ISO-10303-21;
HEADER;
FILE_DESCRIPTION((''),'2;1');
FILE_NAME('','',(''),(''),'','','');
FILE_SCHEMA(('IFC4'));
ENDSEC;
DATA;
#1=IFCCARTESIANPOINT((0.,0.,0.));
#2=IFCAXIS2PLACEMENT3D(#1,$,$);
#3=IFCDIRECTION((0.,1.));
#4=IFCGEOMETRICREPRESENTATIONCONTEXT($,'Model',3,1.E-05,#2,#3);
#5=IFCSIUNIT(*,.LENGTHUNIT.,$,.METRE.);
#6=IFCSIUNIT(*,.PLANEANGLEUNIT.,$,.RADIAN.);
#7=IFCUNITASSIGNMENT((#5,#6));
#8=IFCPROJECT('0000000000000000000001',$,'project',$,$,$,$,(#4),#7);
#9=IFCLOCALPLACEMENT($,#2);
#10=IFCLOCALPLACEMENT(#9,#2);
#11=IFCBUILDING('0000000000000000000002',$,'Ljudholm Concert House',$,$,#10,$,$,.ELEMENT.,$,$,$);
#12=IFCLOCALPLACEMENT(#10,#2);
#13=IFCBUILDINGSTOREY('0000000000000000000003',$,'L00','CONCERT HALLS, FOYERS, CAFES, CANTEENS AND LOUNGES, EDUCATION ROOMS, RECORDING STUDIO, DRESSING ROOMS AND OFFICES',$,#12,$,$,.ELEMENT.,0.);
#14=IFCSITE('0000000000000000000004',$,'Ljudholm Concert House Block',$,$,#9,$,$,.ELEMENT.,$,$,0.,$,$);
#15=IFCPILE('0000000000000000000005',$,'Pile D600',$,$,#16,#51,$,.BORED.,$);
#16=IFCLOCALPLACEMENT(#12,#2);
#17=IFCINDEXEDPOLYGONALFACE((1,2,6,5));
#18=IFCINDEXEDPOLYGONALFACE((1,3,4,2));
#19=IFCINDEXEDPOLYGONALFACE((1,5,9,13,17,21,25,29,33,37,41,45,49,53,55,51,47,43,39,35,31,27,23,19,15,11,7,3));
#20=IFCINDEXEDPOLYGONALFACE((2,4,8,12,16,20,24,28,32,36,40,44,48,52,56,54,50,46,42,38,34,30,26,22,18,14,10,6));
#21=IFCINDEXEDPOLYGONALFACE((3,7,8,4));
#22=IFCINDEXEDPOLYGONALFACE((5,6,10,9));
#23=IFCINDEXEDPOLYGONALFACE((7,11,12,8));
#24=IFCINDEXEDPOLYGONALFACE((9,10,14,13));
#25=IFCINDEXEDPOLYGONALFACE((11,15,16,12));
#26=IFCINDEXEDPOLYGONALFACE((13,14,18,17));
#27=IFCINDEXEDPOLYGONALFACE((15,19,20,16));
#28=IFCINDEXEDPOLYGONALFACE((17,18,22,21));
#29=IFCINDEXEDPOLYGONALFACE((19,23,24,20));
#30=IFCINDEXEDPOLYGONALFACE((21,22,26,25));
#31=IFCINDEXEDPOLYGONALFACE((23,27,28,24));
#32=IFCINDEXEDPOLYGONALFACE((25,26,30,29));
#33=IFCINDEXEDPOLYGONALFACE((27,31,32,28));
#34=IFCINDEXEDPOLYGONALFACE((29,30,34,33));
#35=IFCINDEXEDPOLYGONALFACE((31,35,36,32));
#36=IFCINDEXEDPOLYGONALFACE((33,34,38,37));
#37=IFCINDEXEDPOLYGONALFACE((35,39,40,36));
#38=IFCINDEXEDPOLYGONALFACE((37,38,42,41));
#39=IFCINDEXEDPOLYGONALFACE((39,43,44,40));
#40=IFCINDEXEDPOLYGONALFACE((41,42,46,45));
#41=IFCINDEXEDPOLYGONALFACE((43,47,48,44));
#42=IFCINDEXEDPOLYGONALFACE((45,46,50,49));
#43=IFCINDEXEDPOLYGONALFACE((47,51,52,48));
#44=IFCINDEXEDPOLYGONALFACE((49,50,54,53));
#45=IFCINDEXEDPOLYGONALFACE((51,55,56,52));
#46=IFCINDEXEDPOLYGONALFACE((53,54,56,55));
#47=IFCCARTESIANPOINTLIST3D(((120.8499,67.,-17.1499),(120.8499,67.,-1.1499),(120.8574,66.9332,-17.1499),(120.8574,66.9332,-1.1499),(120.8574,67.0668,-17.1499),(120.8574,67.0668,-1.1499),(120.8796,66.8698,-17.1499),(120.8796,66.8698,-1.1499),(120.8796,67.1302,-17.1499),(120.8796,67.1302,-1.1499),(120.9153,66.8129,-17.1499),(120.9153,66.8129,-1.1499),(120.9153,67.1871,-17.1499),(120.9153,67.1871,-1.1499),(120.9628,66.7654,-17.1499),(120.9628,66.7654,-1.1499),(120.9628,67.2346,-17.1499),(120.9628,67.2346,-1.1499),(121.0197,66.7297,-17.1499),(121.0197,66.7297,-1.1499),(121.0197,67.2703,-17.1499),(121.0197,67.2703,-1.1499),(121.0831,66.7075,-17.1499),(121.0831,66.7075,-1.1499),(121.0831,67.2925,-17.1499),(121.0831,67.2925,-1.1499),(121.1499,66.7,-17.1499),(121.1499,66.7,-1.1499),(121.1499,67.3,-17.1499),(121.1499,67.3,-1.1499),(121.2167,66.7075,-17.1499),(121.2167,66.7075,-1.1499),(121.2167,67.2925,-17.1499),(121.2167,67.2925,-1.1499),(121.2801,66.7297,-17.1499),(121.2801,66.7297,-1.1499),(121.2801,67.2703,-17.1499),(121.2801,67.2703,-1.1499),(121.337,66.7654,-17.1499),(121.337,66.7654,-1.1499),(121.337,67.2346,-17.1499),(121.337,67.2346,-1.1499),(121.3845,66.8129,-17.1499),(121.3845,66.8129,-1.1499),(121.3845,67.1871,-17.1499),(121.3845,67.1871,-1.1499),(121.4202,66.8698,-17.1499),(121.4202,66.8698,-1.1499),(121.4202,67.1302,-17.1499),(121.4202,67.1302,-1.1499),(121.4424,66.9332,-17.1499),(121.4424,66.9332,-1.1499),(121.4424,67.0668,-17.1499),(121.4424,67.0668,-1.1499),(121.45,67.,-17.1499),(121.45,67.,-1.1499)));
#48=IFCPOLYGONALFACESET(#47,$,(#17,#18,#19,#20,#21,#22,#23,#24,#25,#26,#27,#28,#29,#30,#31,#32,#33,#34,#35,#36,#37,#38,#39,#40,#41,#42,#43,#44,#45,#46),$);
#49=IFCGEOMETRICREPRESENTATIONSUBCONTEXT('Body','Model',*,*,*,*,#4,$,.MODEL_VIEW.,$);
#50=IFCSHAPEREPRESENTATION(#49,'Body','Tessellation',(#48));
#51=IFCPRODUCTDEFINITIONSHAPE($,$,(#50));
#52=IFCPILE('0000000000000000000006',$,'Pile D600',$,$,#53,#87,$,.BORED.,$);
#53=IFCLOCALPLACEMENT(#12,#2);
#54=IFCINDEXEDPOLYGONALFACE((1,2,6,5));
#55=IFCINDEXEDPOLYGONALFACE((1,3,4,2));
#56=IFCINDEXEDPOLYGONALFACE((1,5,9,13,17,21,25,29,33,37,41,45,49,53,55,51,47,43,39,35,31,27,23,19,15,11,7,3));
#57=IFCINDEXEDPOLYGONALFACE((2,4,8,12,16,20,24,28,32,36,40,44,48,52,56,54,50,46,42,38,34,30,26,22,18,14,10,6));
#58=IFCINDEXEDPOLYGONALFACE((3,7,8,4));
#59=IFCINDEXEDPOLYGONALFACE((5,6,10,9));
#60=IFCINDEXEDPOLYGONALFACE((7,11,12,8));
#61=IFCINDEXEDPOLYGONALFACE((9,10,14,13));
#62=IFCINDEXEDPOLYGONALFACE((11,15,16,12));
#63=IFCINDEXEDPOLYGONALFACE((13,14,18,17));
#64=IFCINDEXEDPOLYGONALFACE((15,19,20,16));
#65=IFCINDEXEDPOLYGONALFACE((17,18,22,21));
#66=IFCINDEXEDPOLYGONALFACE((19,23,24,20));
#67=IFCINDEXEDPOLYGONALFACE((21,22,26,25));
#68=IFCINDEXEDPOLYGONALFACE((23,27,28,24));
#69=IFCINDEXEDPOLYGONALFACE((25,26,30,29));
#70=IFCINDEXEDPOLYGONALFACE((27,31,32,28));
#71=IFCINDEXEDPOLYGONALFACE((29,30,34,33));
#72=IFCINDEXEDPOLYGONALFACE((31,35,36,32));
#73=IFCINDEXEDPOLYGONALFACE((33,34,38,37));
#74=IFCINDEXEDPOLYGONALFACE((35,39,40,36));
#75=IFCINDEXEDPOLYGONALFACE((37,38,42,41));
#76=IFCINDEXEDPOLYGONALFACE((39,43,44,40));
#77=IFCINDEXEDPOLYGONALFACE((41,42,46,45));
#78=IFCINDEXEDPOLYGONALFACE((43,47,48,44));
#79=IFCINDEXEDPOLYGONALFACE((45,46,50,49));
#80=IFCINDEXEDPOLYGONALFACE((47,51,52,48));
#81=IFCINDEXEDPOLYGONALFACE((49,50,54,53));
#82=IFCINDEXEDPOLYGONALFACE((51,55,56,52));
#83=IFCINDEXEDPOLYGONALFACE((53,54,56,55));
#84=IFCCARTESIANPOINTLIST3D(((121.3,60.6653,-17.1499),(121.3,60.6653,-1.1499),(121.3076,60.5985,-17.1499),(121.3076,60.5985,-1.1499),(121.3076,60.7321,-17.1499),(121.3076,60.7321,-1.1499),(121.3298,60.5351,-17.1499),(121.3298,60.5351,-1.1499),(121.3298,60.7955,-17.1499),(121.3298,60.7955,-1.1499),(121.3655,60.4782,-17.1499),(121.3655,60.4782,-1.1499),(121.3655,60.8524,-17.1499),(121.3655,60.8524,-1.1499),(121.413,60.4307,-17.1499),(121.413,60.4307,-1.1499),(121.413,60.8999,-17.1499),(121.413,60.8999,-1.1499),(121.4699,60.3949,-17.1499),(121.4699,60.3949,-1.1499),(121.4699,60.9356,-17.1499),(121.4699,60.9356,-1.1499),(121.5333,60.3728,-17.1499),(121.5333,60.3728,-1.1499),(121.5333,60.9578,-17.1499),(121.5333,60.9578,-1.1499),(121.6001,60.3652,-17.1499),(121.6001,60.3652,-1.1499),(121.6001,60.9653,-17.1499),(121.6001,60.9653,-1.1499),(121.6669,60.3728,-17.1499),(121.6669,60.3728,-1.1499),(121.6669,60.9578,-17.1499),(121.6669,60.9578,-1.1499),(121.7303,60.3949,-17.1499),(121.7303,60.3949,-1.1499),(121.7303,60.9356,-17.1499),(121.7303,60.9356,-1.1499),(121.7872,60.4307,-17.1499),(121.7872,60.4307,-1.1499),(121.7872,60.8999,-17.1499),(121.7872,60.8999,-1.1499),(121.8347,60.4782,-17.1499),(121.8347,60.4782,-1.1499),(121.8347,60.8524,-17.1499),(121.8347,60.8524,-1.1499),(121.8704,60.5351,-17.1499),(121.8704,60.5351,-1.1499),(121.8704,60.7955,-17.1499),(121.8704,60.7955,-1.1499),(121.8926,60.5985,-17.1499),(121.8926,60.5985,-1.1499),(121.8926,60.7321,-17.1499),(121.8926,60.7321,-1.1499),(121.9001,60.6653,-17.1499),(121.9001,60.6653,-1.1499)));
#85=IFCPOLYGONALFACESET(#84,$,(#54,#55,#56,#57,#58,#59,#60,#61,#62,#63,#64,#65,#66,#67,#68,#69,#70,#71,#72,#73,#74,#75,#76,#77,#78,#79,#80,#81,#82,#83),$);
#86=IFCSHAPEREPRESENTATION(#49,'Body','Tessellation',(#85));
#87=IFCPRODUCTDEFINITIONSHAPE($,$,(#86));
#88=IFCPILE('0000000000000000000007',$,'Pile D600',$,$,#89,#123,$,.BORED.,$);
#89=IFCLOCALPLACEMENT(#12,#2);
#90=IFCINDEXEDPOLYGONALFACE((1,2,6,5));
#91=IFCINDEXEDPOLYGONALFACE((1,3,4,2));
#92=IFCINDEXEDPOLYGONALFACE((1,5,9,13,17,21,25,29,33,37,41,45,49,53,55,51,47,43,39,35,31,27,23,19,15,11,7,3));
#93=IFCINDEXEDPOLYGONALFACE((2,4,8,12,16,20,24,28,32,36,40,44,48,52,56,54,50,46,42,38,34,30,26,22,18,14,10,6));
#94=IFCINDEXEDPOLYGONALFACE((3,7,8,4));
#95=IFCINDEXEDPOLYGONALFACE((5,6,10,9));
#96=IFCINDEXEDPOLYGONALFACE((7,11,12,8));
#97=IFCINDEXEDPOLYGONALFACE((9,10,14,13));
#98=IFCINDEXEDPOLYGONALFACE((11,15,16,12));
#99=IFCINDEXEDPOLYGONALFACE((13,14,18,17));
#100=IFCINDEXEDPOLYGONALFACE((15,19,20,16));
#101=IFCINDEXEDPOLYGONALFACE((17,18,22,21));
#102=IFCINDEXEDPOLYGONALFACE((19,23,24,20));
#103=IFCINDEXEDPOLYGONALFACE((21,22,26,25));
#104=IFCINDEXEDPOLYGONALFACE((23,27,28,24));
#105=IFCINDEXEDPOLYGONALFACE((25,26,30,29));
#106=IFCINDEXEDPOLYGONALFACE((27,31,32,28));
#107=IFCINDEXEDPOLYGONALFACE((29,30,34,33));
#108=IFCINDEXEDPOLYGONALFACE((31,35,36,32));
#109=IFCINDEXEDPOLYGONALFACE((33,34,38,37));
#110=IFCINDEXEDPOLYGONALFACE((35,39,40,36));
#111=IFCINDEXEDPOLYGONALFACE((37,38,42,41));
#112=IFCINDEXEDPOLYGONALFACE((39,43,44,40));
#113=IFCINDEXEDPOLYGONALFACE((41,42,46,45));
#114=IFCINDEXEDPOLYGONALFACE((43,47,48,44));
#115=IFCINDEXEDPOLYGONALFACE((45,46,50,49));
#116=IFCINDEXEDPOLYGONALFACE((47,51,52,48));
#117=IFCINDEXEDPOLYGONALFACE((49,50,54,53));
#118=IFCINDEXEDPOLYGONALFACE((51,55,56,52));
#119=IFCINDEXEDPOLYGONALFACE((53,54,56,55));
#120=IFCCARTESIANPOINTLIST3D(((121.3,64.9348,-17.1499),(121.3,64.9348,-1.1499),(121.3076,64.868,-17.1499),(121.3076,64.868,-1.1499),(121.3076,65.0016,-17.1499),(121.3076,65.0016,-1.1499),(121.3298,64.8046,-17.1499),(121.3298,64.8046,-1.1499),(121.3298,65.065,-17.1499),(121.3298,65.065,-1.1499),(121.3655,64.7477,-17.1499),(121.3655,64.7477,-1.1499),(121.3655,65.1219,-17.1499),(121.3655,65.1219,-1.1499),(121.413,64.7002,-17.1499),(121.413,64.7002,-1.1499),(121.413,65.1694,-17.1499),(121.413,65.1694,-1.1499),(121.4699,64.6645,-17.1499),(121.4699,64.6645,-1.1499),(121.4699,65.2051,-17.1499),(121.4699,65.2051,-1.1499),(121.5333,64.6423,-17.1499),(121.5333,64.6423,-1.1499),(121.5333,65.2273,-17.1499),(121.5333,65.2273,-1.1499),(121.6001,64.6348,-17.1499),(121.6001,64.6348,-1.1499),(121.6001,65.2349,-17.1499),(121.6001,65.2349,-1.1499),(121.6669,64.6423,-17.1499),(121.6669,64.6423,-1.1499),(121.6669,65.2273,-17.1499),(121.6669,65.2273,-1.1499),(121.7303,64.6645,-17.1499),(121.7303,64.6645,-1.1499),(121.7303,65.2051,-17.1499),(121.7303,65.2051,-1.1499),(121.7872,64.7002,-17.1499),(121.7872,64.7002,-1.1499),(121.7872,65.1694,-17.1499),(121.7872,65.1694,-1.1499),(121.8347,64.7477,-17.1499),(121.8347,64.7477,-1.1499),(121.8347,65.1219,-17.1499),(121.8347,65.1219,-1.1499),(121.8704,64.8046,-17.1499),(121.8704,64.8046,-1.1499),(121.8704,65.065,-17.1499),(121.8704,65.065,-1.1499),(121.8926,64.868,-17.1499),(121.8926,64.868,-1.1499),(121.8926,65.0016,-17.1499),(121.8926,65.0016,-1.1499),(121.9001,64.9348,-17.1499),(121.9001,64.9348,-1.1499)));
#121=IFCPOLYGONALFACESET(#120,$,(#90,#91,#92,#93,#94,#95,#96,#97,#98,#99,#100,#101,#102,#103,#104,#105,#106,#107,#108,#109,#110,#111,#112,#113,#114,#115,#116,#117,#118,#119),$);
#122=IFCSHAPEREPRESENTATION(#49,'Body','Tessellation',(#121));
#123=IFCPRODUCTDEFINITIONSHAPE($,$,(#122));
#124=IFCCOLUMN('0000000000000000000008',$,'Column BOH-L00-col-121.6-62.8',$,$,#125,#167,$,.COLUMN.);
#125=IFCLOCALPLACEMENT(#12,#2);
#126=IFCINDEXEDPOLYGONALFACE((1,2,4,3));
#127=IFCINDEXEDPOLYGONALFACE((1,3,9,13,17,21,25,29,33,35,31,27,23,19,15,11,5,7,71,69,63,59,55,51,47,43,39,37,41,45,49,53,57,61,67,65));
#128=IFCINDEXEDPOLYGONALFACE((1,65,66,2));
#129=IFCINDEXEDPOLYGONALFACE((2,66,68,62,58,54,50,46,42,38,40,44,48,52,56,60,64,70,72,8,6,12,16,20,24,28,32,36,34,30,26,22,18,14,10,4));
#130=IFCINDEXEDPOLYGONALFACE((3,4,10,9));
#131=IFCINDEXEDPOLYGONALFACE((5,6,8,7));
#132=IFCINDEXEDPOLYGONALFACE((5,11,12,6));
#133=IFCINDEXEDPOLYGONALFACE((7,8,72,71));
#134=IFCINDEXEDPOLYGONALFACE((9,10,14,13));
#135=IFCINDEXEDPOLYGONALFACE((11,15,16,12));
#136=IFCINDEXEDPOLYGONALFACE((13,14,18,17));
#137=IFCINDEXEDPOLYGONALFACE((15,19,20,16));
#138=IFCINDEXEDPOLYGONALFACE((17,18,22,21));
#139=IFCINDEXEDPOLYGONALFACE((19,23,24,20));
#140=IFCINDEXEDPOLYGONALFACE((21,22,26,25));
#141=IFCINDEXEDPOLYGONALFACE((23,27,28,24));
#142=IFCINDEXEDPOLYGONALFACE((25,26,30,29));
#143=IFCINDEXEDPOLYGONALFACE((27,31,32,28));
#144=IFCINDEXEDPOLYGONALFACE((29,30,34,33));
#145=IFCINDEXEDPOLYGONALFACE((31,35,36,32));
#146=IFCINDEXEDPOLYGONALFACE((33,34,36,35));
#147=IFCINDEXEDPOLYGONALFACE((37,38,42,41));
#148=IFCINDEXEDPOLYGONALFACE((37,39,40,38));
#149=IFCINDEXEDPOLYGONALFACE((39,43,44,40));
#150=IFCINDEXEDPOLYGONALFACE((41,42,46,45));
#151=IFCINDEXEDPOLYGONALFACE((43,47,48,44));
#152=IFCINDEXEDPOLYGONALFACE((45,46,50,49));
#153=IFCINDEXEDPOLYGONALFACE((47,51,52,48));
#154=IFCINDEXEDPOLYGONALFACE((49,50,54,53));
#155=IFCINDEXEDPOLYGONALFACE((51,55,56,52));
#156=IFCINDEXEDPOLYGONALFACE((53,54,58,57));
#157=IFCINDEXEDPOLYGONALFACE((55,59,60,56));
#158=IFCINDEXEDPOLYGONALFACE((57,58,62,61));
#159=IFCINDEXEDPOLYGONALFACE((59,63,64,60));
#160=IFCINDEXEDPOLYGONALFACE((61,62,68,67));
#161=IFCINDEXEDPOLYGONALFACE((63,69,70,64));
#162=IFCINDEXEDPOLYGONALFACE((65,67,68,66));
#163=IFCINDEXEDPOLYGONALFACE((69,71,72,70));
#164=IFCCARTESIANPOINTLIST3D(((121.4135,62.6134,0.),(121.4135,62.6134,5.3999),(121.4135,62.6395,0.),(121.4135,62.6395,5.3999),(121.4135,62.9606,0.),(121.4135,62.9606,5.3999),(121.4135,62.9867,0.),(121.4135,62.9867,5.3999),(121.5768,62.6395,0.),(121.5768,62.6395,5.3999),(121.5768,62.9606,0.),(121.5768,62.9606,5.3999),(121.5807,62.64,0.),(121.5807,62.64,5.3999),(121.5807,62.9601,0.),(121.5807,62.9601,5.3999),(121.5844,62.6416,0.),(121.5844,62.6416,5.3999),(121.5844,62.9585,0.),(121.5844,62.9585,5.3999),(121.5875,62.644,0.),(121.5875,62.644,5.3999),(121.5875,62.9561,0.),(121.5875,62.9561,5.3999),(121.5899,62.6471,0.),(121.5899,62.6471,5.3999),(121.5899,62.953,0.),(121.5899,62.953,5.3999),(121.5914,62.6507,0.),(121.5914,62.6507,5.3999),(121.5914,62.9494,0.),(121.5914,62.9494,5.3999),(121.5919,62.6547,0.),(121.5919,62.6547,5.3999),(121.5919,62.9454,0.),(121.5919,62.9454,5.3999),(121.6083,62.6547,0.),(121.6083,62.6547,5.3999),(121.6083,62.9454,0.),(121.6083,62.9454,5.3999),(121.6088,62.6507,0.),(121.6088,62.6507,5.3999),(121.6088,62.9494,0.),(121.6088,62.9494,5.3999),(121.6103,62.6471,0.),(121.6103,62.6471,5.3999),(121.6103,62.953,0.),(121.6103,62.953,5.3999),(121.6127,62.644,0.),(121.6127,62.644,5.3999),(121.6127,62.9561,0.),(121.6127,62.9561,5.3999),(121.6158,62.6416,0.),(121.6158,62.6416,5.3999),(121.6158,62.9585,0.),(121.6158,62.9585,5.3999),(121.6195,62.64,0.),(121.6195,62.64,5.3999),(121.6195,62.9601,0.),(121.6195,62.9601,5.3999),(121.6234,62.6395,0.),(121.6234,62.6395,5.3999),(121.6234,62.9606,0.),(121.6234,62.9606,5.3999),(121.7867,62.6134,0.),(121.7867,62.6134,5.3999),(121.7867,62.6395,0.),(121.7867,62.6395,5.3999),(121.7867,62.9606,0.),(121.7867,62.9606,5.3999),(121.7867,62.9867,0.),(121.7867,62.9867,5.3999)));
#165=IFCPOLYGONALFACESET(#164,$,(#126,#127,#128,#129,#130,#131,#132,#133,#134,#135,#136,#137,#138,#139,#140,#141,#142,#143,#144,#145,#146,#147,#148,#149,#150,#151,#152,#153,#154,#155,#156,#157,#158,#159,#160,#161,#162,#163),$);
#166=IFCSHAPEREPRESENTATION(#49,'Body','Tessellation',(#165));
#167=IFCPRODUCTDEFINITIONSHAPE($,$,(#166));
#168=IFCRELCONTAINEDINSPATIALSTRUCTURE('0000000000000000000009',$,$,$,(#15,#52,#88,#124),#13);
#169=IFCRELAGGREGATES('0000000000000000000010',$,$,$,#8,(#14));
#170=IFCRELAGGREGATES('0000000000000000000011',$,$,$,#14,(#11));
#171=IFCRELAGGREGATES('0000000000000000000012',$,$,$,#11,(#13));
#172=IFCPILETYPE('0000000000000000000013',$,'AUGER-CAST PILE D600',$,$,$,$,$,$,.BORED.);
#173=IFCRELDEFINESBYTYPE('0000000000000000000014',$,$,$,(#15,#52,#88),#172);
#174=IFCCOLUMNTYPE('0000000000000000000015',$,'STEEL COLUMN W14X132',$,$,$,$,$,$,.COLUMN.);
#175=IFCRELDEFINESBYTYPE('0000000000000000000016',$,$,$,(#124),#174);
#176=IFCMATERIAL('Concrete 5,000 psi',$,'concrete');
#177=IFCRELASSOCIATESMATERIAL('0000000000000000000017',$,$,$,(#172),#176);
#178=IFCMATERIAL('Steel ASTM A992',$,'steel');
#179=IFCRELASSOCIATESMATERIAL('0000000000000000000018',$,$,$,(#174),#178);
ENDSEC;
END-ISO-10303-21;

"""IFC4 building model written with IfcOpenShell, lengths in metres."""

from ifc_helpers import new_model, si_unit, direction, frame, origin, origin_2d, place, context, subcontext, project, spatial, circle, i_section, extrude, material, material_profile, profile_set, type_object, element, save


model = new_model("IFC4")

# Units and contexts
model_context = context("Model", 3, precision=1e-05, world=origin(), true_north=direction((0.0, 1.0)))
body_context = subcontext(model_context, "Body", "Model", "MODEL_VIEW")
ifc_project = project(units=[si_unit("LENGTHUNIT", "METRE"), si_unit("PLANEANGLEUNIT", "RADIAN")], contexts=[model_context])

# Site, building, storey
site_placement = place(None, origin())
site = spatial("IfcSite", under=ifc_project, at=site_placement, Name="Ljudholm Concert House Block", CompositionType="ELEMENT", RefElevation=0.0)
building_placement = place(site_placement, origin())
building = spatial("IfcBuilding", under=site, at=building_placement, Name="Ljudholm Concert House", CompositionType="ELEMENT")
storey_placement = place(building_placement, origin())
storey = spatial("IfcBuildingStorey", under=building, at=storey_placement, Name="L00", Description="CONCERT HALLS, FOYERS, CAFES, CANTEENS AND LOUNGES, EDUCATION ROOMS, RECORDING STUDIO, DRESSING ROOMS AND OFFICES", CompositionType="ELEMENT", Elevation=0.0)

# Piles
ifc_material_1 = material(Name="Concrete 5,000 psi", Category="concrete")
ifc_material_profile_1 = material_profile(ifc_material_1, circle(Radius=0.3, at=origin_2d()), Name="AUGER-CAST PILE D600")
ifc_profile_set_1 = profile_set([ifc_material_profile_1], Name="Concrete 5,000 psi")
pile_type = type_object("IfcPileType", Name="AUGER-CAST PILE D600", PredefinedType="BORED", material=ifc_profile_set_1)
for number, where, z_axis, x_axis, name in (
    (1, (121.1499, 67.0, -1.1499), (0.0, 0.0, -1.0), (1.0, 0.0, 0.0), "Pile D600"),
    (2, (121.6001, 60.6653, -1.1499), (0.0, 0.0, -1.0), (1.0, 0.0, 0.0), "Pile D600"),
    (3, (121.6001, 64.9348, -1.1499), (0.0, 0.0, -1.0), (1.0, 0.0, 0.0), "Pile D600"),
):
    element("IfcPile", number, at=place(storey_placement, frame(where, z_axis=z_axis, x_axis=x_axis)), inside=storey, type_object=pile_type, Name=name, PredefinedType="BORED", context=body_context, shape_type="SweptSolid", body=[
        extrude(circle(Radius=0.3, at=origin_2d()), origin(), (0.0, 0.0, 1.0), 16.0),
    ])

# Column
ifc_material_2 = material(Name="Steel ASTM A992", Category="steel")
ifc_material_profile_2 = material_profile(ifc_material_2, i_section(OverallWidth=0.3733, OverallDepth=0.3733, WebThickness=0.0164, FlangeThickness=0.0261, FilletRadius=0.0151, at=origin_2d()), Name="W14X132")
ifc_profile_set_2 = profile_set([ifc_material_profile_2], Name="Steel ASTM A992")
column_type = type_object("IfcColumnType", Name="STEEL COLUMN W14X132", PredefinedType="COLUMN", material=ifc_profile_set_2)
for number, where, z_axis, x_axis, name in (
    (4, (121.6001, 62.8, 0.0), (0.0, 0.0, 1.0), (1.0, 0.0, 0.0), "Column BOH-L00-col-121.6-62.8"),
):
    element("IfcColumn", number, at=place(storey_placement, frame(where, z_axis=z_axis, x_axis=x_axis)), inside=storey, type_object=column_type, Name=name, PredefinedType="COLUMN", context=body_context, shape_type="SweptSolid", body=[
        extrude(i_section(OverallWidth=0.3733, OverallDepth=0.3733, WebThickness=0.0164, FlangeThickness=0.0261, FilletRadius=0.0151, at=origin_2d()), origin(), (0.0, 0.0, 1.0), 5.3999),
    ])

save(model, "model.ifc")
